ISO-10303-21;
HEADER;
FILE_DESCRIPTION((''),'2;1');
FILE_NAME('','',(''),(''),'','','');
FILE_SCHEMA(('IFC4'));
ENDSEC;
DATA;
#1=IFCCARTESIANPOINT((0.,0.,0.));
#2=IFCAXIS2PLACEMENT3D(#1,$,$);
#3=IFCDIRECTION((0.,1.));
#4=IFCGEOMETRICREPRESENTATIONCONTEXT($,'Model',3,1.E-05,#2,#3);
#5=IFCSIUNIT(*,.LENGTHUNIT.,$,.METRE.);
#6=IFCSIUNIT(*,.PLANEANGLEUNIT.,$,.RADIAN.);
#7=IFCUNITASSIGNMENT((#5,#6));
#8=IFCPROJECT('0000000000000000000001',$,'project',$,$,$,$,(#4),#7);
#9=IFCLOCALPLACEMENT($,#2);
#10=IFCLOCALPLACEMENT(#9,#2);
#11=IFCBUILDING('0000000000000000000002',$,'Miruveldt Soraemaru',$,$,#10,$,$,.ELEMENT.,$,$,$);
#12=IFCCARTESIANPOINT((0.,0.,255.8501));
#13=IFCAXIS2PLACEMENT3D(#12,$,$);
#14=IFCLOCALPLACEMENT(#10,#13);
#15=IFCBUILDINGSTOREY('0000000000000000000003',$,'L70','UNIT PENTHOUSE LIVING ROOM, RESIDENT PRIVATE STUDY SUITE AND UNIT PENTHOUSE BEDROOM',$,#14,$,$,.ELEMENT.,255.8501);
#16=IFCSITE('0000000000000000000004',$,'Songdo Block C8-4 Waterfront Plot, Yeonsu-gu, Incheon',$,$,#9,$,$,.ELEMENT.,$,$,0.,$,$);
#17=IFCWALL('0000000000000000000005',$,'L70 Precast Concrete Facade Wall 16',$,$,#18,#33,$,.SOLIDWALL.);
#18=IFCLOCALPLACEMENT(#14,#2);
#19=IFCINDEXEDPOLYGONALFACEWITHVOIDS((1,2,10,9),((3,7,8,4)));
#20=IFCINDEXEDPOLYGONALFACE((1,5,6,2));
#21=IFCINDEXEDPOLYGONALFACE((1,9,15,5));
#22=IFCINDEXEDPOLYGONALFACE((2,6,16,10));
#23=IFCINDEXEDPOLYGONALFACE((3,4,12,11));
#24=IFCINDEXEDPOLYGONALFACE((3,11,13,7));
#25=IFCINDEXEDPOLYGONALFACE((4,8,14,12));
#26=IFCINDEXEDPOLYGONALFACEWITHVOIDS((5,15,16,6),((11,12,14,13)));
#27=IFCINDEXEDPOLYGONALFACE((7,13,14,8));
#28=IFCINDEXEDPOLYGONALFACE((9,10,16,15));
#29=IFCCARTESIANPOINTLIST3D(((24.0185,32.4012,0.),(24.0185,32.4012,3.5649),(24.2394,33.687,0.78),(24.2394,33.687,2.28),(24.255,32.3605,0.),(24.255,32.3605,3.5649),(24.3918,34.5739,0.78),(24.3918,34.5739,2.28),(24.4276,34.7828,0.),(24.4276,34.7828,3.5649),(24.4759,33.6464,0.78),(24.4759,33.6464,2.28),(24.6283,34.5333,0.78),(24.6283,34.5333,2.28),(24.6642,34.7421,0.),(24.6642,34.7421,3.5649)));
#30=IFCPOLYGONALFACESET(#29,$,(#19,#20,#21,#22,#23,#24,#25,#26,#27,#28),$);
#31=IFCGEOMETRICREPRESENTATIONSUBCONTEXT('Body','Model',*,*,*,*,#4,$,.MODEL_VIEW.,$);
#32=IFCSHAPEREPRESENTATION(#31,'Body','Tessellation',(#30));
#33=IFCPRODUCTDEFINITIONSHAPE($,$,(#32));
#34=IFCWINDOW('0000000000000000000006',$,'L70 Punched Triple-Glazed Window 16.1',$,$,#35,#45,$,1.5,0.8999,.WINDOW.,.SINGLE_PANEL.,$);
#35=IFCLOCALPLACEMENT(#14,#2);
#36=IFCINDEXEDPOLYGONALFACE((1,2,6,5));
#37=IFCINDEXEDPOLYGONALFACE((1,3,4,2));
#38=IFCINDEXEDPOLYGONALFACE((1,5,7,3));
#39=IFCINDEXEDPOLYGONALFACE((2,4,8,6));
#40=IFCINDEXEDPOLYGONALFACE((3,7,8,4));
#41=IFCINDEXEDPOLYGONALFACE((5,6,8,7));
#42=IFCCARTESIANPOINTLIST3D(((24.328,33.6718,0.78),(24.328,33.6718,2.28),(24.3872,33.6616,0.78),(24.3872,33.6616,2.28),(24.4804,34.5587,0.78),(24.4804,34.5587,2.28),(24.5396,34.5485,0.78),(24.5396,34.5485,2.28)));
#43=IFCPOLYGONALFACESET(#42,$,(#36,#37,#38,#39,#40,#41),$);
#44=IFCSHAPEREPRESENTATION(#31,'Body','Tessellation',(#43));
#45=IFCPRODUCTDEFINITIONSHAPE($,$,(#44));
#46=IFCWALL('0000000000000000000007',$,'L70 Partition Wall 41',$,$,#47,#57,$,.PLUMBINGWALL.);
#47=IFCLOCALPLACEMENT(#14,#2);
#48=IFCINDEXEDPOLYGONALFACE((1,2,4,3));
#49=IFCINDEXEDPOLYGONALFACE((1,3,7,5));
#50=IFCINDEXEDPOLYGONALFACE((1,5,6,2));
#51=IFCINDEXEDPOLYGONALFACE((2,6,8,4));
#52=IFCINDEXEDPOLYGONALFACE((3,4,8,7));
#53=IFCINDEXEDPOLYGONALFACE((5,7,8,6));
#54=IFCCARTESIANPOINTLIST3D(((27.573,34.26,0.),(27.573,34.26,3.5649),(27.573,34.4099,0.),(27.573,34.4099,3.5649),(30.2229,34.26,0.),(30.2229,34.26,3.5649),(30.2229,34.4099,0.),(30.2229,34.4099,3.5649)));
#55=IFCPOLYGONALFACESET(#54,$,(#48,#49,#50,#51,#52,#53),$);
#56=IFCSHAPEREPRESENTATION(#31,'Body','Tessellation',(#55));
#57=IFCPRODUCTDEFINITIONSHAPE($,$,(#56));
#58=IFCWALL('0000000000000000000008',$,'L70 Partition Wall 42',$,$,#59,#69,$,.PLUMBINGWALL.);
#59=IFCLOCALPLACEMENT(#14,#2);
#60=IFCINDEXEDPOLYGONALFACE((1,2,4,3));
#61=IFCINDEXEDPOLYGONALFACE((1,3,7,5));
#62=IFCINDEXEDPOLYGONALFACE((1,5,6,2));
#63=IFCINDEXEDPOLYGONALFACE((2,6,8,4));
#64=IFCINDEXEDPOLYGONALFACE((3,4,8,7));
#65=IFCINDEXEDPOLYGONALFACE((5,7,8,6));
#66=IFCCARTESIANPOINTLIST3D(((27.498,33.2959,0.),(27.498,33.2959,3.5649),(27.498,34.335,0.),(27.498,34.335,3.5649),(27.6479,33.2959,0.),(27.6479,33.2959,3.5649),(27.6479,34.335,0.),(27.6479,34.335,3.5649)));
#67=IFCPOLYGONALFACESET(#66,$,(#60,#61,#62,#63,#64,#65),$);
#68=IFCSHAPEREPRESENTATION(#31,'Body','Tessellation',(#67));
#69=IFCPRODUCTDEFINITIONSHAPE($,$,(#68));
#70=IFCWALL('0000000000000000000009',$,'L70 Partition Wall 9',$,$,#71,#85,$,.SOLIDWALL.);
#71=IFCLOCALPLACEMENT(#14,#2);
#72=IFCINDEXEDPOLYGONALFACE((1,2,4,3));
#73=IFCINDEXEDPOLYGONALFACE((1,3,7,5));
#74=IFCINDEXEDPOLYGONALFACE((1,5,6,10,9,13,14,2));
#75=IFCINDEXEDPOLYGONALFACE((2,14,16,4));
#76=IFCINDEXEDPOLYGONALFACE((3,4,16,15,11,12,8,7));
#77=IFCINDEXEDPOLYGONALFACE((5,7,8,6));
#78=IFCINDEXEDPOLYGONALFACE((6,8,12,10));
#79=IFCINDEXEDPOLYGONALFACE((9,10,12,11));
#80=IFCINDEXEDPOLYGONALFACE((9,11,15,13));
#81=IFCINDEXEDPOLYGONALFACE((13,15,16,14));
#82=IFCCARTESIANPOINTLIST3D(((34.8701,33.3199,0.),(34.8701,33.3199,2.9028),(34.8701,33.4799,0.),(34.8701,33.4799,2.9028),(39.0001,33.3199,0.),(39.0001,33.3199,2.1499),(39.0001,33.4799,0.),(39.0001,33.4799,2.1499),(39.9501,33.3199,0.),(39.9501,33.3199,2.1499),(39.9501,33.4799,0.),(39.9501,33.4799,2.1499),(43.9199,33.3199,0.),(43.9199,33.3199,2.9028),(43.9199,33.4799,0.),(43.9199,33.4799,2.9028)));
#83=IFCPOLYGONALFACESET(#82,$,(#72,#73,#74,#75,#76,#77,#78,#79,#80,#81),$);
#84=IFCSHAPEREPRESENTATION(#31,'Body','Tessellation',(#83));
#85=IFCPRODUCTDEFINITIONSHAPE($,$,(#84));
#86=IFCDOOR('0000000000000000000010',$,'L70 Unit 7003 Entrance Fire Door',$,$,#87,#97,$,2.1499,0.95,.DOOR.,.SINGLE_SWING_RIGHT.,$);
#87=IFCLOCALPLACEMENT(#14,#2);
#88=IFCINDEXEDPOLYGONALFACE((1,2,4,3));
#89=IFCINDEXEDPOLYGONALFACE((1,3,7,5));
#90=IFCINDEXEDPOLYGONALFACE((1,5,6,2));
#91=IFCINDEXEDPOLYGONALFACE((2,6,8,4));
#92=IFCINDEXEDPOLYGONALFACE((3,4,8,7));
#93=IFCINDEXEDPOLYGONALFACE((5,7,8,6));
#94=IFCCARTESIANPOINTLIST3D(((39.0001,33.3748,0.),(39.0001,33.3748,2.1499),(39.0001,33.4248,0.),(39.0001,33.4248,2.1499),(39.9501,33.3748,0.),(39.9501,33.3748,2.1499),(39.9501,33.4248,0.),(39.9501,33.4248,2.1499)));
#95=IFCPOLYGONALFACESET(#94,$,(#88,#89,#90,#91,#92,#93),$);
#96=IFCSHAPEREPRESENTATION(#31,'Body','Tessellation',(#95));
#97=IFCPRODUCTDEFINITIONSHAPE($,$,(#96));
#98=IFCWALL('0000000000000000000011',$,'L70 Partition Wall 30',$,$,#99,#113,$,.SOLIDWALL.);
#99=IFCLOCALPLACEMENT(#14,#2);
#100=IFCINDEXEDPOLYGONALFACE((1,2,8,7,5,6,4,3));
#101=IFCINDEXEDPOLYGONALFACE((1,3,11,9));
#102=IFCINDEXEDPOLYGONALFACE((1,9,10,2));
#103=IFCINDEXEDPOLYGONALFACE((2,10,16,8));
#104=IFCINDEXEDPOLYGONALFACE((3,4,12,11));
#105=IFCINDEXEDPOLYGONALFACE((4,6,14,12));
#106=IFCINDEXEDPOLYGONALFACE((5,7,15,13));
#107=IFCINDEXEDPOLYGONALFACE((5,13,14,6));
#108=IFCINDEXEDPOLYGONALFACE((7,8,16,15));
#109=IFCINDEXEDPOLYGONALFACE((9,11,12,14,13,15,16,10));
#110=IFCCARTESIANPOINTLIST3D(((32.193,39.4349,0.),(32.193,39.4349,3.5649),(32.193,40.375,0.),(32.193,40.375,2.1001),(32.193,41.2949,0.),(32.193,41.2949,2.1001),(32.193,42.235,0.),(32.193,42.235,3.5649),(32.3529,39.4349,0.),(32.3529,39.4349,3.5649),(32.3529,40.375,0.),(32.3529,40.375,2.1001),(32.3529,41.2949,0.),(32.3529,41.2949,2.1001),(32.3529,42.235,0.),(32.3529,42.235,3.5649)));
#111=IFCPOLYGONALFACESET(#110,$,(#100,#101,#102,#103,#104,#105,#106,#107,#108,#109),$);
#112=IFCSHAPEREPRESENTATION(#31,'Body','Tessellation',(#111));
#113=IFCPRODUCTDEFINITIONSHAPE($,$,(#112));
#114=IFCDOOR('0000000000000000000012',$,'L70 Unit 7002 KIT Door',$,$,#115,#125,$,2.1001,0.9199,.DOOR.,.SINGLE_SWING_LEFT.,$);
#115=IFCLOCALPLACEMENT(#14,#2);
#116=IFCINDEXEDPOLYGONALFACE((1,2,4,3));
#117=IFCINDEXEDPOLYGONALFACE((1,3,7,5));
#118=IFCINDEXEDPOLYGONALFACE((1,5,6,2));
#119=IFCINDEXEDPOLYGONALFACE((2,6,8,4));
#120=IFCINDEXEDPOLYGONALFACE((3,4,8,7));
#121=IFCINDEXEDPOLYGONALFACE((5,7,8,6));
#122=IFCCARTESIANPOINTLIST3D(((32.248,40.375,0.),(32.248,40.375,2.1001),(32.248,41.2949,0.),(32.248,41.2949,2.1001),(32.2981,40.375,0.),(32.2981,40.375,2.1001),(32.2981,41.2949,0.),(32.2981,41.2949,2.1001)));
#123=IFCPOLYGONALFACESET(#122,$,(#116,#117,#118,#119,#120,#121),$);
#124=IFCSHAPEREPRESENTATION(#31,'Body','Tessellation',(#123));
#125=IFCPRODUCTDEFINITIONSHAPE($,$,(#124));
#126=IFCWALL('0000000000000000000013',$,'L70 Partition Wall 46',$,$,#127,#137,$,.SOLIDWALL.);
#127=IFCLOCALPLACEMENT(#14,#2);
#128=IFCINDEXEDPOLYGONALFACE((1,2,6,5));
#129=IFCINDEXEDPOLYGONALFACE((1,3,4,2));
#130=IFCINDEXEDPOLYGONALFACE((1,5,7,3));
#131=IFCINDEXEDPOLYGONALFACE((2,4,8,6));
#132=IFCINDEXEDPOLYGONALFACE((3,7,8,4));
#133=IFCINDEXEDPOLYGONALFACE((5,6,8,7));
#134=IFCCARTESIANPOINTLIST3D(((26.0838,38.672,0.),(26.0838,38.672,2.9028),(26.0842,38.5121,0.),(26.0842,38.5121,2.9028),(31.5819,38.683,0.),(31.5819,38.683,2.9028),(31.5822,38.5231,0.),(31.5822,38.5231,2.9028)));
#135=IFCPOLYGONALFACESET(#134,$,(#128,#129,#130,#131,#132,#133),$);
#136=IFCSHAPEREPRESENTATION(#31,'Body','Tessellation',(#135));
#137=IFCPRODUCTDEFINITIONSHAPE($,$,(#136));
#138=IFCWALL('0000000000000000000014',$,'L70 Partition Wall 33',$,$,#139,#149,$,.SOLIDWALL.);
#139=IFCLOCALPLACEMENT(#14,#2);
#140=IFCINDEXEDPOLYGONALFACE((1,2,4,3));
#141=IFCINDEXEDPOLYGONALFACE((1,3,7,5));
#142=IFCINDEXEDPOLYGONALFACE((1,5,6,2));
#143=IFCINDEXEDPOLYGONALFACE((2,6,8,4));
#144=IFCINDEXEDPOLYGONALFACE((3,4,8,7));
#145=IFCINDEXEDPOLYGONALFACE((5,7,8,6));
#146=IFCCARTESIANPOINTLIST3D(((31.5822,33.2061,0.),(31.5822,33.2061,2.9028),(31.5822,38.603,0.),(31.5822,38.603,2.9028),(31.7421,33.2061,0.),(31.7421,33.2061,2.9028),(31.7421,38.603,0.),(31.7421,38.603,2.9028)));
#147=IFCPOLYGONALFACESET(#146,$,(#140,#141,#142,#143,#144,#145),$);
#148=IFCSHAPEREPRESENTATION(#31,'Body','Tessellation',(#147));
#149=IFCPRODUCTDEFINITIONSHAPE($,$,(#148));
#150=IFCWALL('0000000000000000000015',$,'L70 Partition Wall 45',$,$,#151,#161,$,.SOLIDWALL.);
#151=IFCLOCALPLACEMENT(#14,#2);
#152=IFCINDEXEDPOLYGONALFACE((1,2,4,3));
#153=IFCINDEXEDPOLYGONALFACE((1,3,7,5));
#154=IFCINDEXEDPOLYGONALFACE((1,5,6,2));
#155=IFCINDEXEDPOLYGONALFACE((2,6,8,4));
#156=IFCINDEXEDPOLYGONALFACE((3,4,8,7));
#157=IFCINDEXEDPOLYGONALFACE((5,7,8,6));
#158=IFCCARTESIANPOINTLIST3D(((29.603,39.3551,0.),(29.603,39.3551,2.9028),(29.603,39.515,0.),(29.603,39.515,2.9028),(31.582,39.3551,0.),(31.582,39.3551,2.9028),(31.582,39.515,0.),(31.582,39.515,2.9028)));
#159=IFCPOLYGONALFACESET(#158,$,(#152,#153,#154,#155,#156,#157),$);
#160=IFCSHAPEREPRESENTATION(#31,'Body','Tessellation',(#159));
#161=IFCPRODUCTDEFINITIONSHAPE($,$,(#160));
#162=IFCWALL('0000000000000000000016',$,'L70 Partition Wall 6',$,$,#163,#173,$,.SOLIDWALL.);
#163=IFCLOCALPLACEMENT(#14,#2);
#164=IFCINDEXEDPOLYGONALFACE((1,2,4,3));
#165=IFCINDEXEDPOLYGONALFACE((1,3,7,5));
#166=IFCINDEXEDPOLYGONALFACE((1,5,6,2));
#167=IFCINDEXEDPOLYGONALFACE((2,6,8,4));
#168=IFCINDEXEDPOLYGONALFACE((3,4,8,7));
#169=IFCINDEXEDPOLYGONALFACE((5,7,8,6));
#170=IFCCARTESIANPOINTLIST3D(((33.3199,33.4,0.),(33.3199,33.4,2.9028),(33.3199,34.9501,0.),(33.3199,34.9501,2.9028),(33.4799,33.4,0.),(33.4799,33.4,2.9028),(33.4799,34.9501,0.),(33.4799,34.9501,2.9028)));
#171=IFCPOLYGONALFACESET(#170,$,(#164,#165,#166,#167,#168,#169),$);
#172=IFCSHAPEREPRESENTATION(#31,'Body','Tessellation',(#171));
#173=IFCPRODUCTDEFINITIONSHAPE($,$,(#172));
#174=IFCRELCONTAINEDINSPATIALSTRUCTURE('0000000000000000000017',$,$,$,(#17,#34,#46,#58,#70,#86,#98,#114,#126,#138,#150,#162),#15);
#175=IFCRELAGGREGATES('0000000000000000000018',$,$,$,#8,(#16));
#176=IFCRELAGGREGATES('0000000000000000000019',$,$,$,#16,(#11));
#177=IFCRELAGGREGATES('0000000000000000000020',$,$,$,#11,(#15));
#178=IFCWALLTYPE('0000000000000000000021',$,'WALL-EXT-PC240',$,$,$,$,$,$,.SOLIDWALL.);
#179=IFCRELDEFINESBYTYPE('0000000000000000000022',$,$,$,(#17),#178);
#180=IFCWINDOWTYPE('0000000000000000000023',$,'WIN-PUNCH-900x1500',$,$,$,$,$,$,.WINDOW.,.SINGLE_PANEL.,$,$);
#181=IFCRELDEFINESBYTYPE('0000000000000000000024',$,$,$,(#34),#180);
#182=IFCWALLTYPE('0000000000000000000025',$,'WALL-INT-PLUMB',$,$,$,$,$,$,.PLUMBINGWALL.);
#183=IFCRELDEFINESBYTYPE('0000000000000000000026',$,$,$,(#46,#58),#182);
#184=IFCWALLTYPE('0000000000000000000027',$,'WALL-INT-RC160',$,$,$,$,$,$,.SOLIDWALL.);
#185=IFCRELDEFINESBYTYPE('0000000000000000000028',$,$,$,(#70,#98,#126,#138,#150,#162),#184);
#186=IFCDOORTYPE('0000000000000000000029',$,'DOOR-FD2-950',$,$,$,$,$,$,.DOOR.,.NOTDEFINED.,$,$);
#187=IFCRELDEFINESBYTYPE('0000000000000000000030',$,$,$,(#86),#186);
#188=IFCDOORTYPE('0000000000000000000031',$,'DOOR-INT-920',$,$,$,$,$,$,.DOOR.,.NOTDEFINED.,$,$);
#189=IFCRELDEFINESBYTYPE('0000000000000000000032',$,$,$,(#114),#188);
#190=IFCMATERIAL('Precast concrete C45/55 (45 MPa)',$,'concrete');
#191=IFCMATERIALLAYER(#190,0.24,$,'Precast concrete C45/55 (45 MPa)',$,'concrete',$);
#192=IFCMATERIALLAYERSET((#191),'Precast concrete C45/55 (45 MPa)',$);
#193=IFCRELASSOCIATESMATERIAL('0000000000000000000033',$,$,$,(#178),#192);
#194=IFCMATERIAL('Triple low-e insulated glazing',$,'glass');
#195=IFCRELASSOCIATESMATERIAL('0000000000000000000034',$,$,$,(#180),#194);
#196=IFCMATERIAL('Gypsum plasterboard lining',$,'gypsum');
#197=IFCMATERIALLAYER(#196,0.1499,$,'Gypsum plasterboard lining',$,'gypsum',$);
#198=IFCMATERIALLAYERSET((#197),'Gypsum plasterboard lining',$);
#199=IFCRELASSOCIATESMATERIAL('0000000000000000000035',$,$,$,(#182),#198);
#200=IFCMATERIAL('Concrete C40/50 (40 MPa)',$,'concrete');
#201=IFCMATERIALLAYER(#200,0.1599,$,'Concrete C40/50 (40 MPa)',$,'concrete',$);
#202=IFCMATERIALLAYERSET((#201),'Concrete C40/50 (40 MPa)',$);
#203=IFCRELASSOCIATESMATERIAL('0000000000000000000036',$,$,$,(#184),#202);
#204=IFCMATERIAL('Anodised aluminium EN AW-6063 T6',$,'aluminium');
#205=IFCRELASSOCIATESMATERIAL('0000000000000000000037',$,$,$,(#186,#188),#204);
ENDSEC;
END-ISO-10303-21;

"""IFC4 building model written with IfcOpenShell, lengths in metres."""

from ifc_helpers import new_model, si_unit, direction, frame, frame_2d, origin, place, context, subcontext, project, spatial, rectangle, extrude, material, layer, layer_set, type_object, element, fill, save


model = new_model("IFC4")

# Units and contexts
model_context = context("Model", 3, precision=1e-05, world=origin(), true_north=direction((0.0, 1.0)))
body_context = subcontext(model_context, "Body", "Model", "MODEL_VIEW")
ifc_project = project(units=[si_unit("LENGTHUNIT", "METRE"), si_unit("PLANEANGLEUNIT", "RADIAN")], contexts=[model_context])

# Site, building, storey
site_placement = place(None, origin())
site = spatial("IfcSite", under=ifc_project, at=site_placement, Name="Songdo Block C8-4 Waterfront Plot, Yeonsu-gu, Incheon", CompositionType="ELEMENT", RefElevation=0.0)
building_placement = place(site_placement, origin())
building = spatial("IfcBuilding", under=site, at=building_placement, Name="Miruveldt Soraemaru", CompositionType="ELEMENT")
storey_placement = place(building_placement, frame((0.0, 0.0, 255.8501)))
storey = spatial("IfcBuildingStorey", under=building, at=storey_placement, Name="L70", Description="UNIT PENTHOUSE LIVING ROOM, RESIDENT PRIVATE STUDY SUITE AND UNIT PENTHOUSE BEDROOM", CompositionType="ELEMENT", Elevation=255.8501)

# Shared definitions
ifc_material_1 = material(Name="Anodised aluminium EN AW-6063 T6", Category="aluminium")

# Wall, opening, window
ifc_material_2 = material(Name="Precast concrete C45/55 (45 MPa)", Category="concrete")
ifc_layer_1 = layer(ifc_material_2, 0.24, Name="Precast concrete C45/55 (45 MPa)", Category="concrete")
ifc_layer_set_1 = layer_set([ifc_layer_1], Name="Precast concrete C45/55 (45 MPa)")
wall_type_1 = type_object("IfcWallType", Name="WALL-EXT-PC240", PredefinedType="SOLIDWALL", material=ifc_layer_set_1)
ifc_material_3 = material(Name="Triple low-e insulated glazing", Category="glass")
wall_1_placement = place(storey_placement, frame((24.5459, 34.7625, 0.0), z_axis=(0.0, 0.0, 1.0), x_axis=(-0.169328, -0.98556, 0.0)))
wall_1 = element("IfcWall", 1, at=wall_1_placement, inside=storey, type_object=wall_type_1, Name="L70 Precast Concrete Facade Wall 16", PredefinedType="SOLIDWALL", context=body_context, shape_type="SweptSolid", body=[
    extrude(rectangle(XDim=2.4165, YDim=0.24, at=frame_2d((1.2083, 0.0))), origin(), (0.0, 0.0, 1.0), 3.5649),
])
opening_1_placement = place(wall_1_placement, frame((0.2119, 0.0, 0.78)))
opening_1 = element("IfcOpeningElement", 2, at=opening_1_placement, cuts=wall_1, PredefinedType="OPENING", context=body_context, shape_type="SweptSolid", body=[
    extrude(rectangle(XDim=0.8999, YDim=1.5, at=frame_2d((0.45, 0.75))), frame((0.0, 0.1299, 0.0), z_axis=(0.0, -1.0, 0.0), x_axis=(1.0, 0.0, 0.0)), (0.0, 0.0, 1.0), 0.26),
])
window_type_1 = type_object("IfcWindowType", Name="WIN-PUNCH-900x1500", PartitioningType="SINGLE_PANEL", PredefinedType="WINDOW", material=ifc_material_3)
window_1_placement = place(opening_1_placement, origin())
window_1 = element("IfcWindow", 3, at=window_1_placement, inside=storey, type_object=window_type_1, Name="L70 Punched Triple-Glazed Window 16.1", OverallHeight=1.5, OverallWidth=0.8999, PartitioningType="SINGLE_PANEL", PredefinedType="WINDOW", context=body_context, shape_type="SweptSolid", body=[
    extrude(rectangle(XDim=0.8999, YDim=1.5, at=frame_2d((0.45, 0.75))), frame((0.0, 0.03, 0.0), z_axis=(0.0, -1.0, 0.0), x_axis=(1.0, 0.0, 0.0)), (0.0, 0.0, 1.0), 0.0601),
])
fill(opening_1, window_1)

# Walls
ifc_material_4 = material(Name="Gypsum plasterboard lining", Category="gypsum")
ifc_layer_2 = layer(ifc_material_4, 0.1499, Name="Gypsum plasterboard lining", Category="gypsum")
ifc_layer_set_2 = layer_set([ifc_layer_2], Name="Gypsum plasterboard lining")
wall_type_2 = type_object("IfcWallType", Name="WALL-INT-PLUMB", PredefinedType="PLUMBINGWALL", material=ifc_layer_set_2)
wall_2_placement = place(storey_placement, frame((30.2229, 34.335, 0.0), z_axis=(0.0, 0.0, 1.0), x_axis=(-1.0, 0.0, 0.0)))
element("IfcWall", 4, at=wall_2_placement, inside=storey, type_object=wall_type_2, Name="L70 Partition Wall 41", PredefinedType="PLUMBINGWALL", context=body_context, shape_type="SweptSolid", body=[
    extrude(rectangle(XDim=2.6499, YDim=0.1499, at=frame_2d((1.325, 0.0))), origin(), (0.0, 0.0, 1.0), 3.5649),
])
wall_3_placement = place(storey_placement, frame((27.573, 34.335, 0.0), z_axis=(0.0, 0.0, 1.0), x_axis=(0.0, -1.0, 0.0)))
element("IfcWall", 5, at=wall_3_placement, inside=storey, type_object=wall_type_2, Name="L70 Partition Wall 42", PredefinedType="PLUMBINGWALL", context=body_context, shape_type="SweptSolid", body=[
    extrude(rectangle(XDim=1.0391, YDim=0.1499, at=frame_2d((0.5195, 0.0))), origin(), (0.0, 0.0, 1.0), 3.5649),
])

# Walls, openings, doors
ifc_material_5 = material(Name="Concrete C40/50 (40 MPa)", Category="concrete")
ifc_layer_3 = layer(ifc_material_5, 0.1599, Name="Concrete C40/50 (40 MPa)", Category="concrete")
ifc_layer_set_3 = layer_set([ifc_layer_3], Name="Concrete C40/50 (40 MPa)")
wall_type_3 = type_object("IfcWallType", Name="WALL-INT-RC160", PredefinedType="SOLIDWALL", material=ifc_layer_set_3)
wall_4_placement = place(storey_placement, frame((34.8701, 33.3999, 0.0), z_axis=(0.0, 0.0, 1.0), x_axis=(1.0, 0.0, 0.0)))
wall_4 = element("IfcWall", 6, at=wall_4_placement, inside=storey, type_object=wall_type_3, Name="L70 Partition Wall 9", PredefinedType="SOLIDWALL", context=body_context, shape_type="SweptSolid", body=[
    extrude(rectangle(XDim=9.0498, YDim=0.1599, at=frame_2d((4.5249, 0.0))), origin(), (0.0, 0.0, 1.0), 2.9028),
])
opening_2_placement = place(wall_4_placement, frame((4.1299, 0.0, 0.0)))
opening_2 = element("IfcOpeningElement", 7, at=opening_2_placement, cuts=wall_4, PredefinedType="OPENING", context=body_context, shape_type="SweptSolid", body=[
    extrude(rectangle(XDim=0.95, YDim=2.1499, at=frame_2d((0.4751, 1.075))), frame((0.0, 0.0898, 0.0), z_axis=(0.0, -1.0, 0.0), x_axis=(1.0, 0.0, 0.0)), (0.0, 0.0, 1.0), 0.1799),
])
door_type_1 = type_object("IfcDoorType", Name="DOOR-FD2-950", OperationType="NOTDEFINED", PredefinedType="DOOR", material=ifc_material_1)
door_1_placement = place(opening_2_placement, origin())
door_1 = element("IfcDoor", 8, at=door_1_placement, inside=storey, type_object=door_type_1, Name="L70 Unit 7003 Entrance Fire Door", OperationType="SINGLE_SWING_RIGHT", OverallHeight=2.1499, OverallWidth=0.95, PredefinedType="DOOR", context=body_context, shape_type="SweptSolid", body=[
    extrude(rectangle(XDim=0.95, YDim=2.1499, at=frame_2d((0.4751, 1.075))), frame((0.0, 0.0249, 0.0), z_axis=(0.0, -1.0, 0.0), x_axis=(1.0, 0.0, 0.0)), (0.0, 0.0, 1.0), 0.05),
])
fill(opening_2, door_1)
wall_5_placement = place(storey_placement, frame((32.2729, 39.4351, 0.0), z_axis=(0.0, 0.0, 1.0), x_axis=(0.0, 1.0, 0.0)))
wall_5 = element("IfcWall", 9, at=wall_5_placement, inside=storey, type_object=wall_type_3, Name="L70 Partition Wall 30", PredefinedType="SOLIDWALL", context=body_context, shape_type="SweptSolid", body=[
    extrude(rectangle(XDim=2.8, YDim=0.1599, at=frame_2d((1.3999, 0.0))), origin(), (0.0, 0.0, 1.0), 3.5649),
])
opening_3_placement = place(wall_5_placement, frame((0.9399, 0.0, 0.0)))
opening_3 = element("IfcOpeningElement", 10, at=opening_3_placement, cuts=wall_5, PredefinedType="OPENING", context=body_context, shape_type="SweptSolid", body=[
    extrude(rectangle(XDim=0.9199, YDim=2.1001, at=frame_2d((0.46, 1.05))), frame((0.0, 0.0898, 0.0), z_axis=(0.0, -1.0, 0.0), x_axis=(1.0, 0.0, 0.0)), (0.0, 0.0, 1.0), 0.1799),
])
door_type_2 = type_object("IfcDoorType", Name="DOOR-INT-920", OperationType="NOTDEFINED", PredefinedType="DOOR", material=ifc_material_1)
door_2_placement = place(opening_3_placement, origin())
door_2 = element("IfcDoor", 11, at=door_2_placement, inside=storey, type_object=door_type_2, Name="L70 Unit 7002 KIT Door", OperationType="SINGLE_SWING_LEFT", OverallHeight=2.1001, OverallWidth=0.9199, PredefinedType="DOOR", context=body_context, shape_type="SweptSolid", body=[
    extrude(rectangle(XDim=0.9199, YDim=2.1001, at=frame_2d((0.46, 1.05))), frame((0.0, 0.0249, 0.0), z_axis=(0.0, -1.0, 0.0), x_axis=(1.0, 0.0, 0.0)), (0.0, 0.0, 1.0), 0.05),
])
fill(opening_3, door_2)

# Walls
wall_6_placement = place(storey_placement, frame((31.582, 38.603, 0.0), z_axis=(0.0, 0.0, 1.0), x_axis=(-0.999998, -0.001998, 0.0)))
element("IfcWall", 12, at=wall_6_placement, inside=storey, type_object=wall_type_3, Name="L70 Partition Wall 46", PredefinedType="SOLIDWALL", context=body_context, shape_type="SweptSolid", body=[
    extrude(rectangle(XDim=5.498, YDim=0.1599, at=frame_2d((2.749, 0.0))), origin(), (0.0, 0.0, 1.0), 2.9028),
])
wall_7_placement = place(storey_placement, frame((31.6621, 38.603, 0.0), z_axis=(0.0, 0.0, 1.0), x_axis=(0.0, -1.0, 0.0)))
element("IfcWall", 13, at=wall_7_placement, inside=storey, type_object=wall_type_3, Name="L70 Partition Wall 33", PredefinedType="SOLIDWALL", context=body_context, shape_type="SweptSolid", body=[
    extrude(rectangle(XDim=5.397, YDim=0.1599, at=frame_2d((2.6985, 0.0))), origin(), (0.0, 0.0, 1.0), 2.9028),
])
wall_8_placement = place(storey_placement, frame((29.603, 39.4351, 0.0), z_axis=(0.0, 0.0, 1.0), x_axis=(1.0, 0.0, 0.0)))
element("IfcWall", 14, at=wall_8_placement, inside=storey, type_object=wall_type_3, Name="L70 Partition Wall 45", PredefinedType="SOLIDWALL", context=body_context, shape_type="SweptSolid", body=[
    extrude(rectangle(XDim=1.979, YDim=0.1599, at=frame_2d((0.9895, 0.0))), origin(), (0.0, 0.0, 1.0), 2.9028),
])
wall_9_placement = place(storey_placement, frame((33.3999, 34.95, 0.0), z_axis=(0.0, 0.0, 1.0), x_axis=(0.0, -1.0, 0.0)))
element("IfcWall", 15, at=wall_9_placement, inside=storey, type_object=wall_type_3, Name="L70 Partition Wall 6", PredefinedType="SOLIDWALL", context=body_context, shape_type="SweptSolid", body=[
    extrude(rectangle(XDim=1.55, YDim=0.1599, at=frame_2d((0.7749, 0.0))), origin(), (0.0, 0.0, 1.0), 2.9028),
])

save(model, "model.ifc")
